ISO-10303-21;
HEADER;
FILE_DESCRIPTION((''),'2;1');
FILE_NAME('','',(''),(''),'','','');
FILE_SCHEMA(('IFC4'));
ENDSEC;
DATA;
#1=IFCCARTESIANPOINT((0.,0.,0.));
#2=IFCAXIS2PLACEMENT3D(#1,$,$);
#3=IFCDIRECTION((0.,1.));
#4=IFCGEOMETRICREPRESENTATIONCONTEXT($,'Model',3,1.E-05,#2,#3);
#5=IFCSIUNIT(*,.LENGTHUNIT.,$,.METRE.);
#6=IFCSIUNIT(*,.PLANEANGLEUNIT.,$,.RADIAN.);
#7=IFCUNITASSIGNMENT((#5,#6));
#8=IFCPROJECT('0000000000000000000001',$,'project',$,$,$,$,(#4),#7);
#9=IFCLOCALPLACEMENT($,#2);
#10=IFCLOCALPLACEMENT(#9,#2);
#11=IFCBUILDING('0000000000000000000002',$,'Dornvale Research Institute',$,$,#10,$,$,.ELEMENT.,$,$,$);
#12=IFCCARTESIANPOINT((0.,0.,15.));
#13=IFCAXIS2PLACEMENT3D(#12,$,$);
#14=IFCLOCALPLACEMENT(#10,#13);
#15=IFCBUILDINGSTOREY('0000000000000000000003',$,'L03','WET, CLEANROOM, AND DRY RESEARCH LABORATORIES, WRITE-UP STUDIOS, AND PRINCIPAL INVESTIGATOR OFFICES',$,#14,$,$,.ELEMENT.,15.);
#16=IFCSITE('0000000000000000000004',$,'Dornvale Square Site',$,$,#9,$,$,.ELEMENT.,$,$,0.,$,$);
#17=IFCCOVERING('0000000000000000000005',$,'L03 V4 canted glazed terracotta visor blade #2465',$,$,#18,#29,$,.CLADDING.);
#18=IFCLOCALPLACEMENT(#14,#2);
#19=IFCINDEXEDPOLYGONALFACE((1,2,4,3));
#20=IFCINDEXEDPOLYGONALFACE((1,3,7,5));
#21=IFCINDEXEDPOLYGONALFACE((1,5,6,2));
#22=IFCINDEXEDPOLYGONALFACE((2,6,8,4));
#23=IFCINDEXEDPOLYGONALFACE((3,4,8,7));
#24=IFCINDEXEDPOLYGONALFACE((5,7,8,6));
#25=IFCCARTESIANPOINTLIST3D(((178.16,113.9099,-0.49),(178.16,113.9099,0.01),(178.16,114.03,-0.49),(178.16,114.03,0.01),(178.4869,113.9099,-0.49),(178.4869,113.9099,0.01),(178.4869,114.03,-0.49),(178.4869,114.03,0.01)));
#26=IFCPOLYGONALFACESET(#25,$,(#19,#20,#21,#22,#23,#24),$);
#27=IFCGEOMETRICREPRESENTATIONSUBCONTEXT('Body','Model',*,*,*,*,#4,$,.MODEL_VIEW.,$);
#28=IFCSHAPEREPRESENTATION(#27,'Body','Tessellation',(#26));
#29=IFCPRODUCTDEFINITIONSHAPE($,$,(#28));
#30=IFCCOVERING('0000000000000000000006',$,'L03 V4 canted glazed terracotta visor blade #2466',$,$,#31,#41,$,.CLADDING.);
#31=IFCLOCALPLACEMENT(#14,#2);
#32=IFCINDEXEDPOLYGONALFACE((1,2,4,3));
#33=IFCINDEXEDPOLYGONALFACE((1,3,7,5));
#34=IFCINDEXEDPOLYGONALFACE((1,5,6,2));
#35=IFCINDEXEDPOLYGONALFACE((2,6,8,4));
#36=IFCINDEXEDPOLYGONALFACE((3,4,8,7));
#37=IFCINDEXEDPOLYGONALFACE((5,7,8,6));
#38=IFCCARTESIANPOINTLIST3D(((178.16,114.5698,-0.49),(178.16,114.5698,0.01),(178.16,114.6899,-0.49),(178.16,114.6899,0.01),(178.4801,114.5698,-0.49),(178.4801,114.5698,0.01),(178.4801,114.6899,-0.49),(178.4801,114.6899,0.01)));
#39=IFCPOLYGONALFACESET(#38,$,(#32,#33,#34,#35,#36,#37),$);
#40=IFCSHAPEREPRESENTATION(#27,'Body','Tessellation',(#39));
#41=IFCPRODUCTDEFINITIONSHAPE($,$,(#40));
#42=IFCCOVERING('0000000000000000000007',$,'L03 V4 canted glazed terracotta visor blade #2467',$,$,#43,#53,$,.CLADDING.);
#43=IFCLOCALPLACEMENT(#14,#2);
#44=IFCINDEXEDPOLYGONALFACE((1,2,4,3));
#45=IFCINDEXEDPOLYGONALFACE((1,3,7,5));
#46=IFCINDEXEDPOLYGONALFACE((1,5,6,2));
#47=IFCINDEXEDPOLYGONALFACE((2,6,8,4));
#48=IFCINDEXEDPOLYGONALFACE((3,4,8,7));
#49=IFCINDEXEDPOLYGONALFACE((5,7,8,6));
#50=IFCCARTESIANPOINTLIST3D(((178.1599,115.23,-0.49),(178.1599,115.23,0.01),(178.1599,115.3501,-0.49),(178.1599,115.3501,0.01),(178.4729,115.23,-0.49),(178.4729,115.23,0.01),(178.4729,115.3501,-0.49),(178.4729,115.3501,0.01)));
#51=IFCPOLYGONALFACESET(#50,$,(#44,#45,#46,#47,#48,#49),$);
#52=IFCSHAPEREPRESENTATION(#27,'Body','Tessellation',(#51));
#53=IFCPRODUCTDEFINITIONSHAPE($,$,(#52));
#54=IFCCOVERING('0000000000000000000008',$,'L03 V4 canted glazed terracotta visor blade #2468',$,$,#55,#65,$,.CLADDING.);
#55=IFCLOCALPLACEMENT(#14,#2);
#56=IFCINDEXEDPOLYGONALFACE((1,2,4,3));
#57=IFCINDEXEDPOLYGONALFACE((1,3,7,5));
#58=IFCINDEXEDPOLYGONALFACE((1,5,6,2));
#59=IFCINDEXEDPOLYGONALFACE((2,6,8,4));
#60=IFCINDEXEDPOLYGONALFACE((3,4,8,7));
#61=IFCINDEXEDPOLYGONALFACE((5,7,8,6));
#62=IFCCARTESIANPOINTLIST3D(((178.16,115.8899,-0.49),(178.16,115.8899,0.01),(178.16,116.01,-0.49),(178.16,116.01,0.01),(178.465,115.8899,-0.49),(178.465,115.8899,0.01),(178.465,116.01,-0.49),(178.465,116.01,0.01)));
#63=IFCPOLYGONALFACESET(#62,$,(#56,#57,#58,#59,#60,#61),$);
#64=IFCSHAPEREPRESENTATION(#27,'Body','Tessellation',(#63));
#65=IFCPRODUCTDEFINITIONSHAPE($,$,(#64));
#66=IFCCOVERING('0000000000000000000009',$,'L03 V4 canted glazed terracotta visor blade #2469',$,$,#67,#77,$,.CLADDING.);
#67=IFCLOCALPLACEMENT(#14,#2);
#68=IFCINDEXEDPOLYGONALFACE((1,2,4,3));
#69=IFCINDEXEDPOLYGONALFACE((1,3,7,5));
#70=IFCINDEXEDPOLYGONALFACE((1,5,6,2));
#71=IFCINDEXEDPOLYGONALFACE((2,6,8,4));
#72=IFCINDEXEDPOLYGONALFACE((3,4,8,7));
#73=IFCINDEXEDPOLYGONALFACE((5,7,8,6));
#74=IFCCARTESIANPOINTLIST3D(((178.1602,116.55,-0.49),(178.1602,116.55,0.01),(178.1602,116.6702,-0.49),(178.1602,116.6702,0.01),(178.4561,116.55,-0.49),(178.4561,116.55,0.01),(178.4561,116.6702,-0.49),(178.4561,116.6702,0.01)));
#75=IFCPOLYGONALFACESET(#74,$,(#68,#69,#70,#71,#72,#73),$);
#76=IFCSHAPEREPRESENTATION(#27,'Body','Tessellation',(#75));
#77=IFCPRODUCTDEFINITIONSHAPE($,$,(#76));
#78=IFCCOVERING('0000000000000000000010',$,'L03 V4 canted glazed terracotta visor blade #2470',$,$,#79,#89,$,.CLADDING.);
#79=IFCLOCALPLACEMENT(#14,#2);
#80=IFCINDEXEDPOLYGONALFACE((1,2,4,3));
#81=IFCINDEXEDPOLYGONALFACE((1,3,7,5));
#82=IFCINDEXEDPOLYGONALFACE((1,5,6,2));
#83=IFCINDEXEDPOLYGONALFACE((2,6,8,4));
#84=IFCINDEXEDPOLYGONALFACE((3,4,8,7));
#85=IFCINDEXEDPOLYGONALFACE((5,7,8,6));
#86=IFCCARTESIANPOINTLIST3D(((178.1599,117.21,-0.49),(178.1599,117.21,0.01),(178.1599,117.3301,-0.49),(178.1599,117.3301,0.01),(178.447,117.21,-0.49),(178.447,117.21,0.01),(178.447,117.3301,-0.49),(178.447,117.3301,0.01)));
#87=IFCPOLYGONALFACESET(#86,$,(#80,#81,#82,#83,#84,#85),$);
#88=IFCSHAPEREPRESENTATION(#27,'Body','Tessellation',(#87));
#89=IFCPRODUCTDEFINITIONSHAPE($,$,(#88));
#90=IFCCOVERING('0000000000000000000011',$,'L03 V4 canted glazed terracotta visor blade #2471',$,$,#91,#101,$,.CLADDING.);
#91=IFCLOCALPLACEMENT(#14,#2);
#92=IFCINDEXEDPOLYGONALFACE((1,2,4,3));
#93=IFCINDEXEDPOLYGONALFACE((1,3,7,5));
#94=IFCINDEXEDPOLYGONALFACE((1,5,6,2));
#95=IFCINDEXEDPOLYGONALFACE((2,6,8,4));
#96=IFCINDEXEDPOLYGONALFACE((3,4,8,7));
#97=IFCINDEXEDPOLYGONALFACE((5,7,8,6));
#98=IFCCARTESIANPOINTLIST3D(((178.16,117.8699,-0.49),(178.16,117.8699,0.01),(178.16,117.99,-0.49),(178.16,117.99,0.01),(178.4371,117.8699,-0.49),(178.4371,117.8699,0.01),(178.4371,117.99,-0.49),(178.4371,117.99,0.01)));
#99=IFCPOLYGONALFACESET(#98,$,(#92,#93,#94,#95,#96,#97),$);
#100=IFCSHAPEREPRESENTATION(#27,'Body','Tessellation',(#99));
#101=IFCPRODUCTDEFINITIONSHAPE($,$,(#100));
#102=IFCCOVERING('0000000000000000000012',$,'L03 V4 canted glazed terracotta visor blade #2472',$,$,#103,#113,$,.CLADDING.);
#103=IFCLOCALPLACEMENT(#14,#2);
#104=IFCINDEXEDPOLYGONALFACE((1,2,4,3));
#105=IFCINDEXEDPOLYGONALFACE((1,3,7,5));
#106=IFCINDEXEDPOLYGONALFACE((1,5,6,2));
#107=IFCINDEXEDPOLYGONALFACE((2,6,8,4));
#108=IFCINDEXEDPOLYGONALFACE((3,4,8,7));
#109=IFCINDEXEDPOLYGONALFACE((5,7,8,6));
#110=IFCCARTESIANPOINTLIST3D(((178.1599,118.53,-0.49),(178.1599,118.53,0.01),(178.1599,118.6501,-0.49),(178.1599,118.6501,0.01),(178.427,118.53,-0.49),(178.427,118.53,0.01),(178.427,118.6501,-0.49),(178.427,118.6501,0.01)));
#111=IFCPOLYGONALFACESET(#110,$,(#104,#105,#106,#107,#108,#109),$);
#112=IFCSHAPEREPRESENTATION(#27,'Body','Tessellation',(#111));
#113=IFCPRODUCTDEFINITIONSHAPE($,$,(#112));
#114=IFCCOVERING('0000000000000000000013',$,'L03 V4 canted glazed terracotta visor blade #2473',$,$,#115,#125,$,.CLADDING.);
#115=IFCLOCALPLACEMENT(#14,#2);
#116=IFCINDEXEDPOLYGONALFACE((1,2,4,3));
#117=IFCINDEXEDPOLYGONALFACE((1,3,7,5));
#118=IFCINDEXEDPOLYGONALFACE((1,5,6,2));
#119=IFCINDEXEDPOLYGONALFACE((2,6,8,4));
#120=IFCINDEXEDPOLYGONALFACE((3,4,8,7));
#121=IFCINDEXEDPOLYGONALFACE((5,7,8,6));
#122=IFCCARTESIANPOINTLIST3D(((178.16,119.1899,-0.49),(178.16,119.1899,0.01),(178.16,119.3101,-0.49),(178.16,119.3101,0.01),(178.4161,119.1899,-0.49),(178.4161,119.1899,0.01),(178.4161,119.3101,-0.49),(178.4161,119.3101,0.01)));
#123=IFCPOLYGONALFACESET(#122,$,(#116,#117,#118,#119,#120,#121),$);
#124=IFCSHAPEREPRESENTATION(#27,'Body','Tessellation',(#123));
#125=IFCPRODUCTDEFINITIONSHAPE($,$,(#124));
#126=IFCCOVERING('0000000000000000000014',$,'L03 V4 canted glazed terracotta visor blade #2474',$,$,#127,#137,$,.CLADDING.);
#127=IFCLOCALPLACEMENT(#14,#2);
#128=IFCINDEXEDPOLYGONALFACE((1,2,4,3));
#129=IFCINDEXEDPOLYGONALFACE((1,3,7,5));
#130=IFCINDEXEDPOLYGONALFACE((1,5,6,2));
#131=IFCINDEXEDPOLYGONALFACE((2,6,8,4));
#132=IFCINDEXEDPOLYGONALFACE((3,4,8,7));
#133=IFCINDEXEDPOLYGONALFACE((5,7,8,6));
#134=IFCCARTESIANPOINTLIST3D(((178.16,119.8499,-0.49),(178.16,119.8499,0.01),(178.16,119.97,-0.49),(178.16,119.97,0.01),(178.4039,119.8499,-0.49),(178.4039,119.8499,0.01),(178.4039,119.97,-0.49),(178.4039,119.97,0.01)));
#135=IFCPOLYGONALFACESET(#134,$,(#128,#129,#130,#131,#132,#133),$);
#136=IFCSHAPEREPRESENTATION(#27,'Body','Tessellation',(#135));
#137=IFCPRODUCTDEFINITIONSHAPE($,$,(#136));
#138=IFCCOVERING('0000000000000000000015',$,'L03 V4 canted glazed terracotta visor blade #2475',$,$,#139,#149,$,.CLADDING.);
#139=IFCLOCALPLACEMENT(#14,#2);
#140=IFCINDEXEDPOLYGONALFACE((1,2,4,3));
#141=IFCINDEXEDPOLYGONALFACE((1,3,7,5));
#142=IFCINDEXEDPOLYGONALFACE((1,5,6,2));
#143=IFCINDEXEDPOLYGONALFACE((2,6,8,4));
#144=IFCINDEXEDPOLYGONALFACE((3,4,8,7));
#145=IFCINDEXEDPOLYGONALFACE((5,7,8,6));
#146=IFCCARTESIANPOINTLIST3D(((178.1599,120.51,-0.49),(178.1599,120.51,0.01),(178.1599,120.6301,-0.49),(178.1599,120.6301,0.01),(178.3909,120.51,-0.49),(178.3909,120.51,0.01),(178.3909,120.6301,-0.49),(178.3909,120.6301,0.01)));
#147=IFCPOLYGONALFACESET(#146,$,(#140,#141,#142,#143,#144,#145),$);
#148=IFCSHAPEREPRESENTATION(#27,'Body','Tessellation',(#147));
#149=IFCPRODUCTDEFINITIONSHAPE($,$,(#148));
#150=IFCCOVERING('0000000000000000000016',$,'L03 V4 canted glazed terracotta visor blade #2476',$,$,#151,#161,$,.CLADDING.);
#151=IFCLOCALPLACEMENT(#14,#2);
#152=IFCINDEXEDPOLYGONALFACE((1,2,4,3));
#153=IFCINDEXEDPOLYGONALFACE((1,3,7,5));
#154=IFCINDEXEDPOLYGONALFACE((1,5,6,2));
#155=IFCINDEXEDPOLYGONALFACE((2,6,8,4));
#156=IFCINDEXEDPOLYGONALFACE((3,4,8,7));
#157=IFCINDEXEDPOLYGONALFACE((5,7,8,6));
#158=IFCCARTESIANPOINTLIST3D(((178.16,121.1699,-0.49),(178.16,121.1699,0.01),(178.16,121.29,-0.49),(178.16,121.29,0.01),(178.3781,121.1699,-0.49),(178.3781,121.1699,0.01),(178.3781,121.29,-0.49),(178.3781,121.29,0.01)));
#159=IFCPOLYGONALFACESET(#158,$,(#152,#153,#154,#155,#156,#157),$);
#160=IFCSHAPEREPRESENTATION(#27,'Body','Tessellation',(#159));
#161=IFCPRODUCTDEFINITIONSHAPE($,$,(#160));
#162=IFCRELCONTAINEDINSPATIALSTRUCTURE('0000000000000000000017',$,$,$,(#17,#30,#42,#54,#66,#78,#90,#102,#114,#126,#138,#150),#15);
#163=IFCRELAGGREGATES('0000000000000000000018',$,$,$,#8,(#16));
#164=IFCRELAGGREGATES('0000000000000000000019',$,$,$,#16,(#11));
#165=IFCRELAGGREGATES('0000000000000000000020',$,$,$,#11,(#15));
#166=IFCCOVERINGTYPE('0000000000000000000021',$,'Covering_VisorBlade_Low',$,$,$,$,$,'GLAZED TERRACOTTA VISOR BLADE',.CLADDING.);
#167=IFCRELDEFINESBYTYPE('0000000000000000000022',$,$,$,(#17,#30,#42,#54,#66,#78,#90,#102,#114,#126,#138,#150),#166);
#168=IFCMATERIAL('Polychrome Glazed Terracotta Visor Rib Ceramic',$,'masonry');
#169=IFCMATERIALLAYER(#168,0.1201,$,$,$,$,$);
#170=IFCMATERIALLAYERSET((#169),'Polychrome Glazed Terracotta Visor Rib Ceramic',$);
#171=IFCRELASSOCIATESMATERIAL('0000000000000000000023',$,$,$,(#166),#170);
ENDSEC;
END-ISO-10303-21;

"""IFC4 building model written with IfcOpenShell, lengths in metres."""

from ifc_helpers import new_model, si_unit, direction, frame, origin, origin_2d, place, context, subcontext, project, spatial, rectangle, extrude, material, layer, layer_set, type_object, element, save


model = new_model("IFC4")

# Units and contexts
model_context = context("Model", 3, precision=1e-05, world=origin(), true_north=direction((0.0, 1.0)))
body_context = subcontext(model_context, "Body", "Model", "MODEL_VIEW")
ifc_project = project(units=[si_unit("LENGTHUNIT", "METRE"), si_unit("PLANEANGLEUNIT", "RADIAN")], contexts=[model_context])

# Site, building, storey
site_placement = place(None, origin())
site = spatial("IfcSite", under=ifc_project, at=site_placement, Name="Dornvale Square Site", CompositionType="ELEMENT", RefElevation=0.0)
building_placement = place(site_placement, origin())
building = spatial("IfcBuilding", under=site, at=building_placement, Name="Dornvale Research Institute", CompositionType="ELEMENT")
storey_placement = place(building_placement, frame((0.0, 0.0, 15.0)))
storey = spatial("IfcBuildingStorey", under=building, at=storey_placement, Name="L03", Description="WET, CLEANROOM, AND DRY RESEARCH LABORATORIES, WRITE-UP STUDIOS, AND PRINCIPAL INVESTIGATOR OFFICES", CompositionType="ELEMENT", Elevation=15.0)

# Coverings
ifc_material_1 = material(Name="Polychrome Glazed Terracotta Visor Rib Ceramic", Category="masonry")
ifc_layer_1 = layer(ifc_material_1, 0.1201)
ifc_layer_set_1 = layer_set([ifc_layer_1], Name="Polychrome Glazed Terracotta Visor Rib Ceramic")
covering_type = type_object("IfcCoveringType", Name="Covering_VisorBlade_Low", ElementType="GLAZED TERRACOTTA VISOR BLADE", PredefinedType="CLADDING", material=ifc_layer_set_1)
covering_1_placement = place(storey_placement, frame((178.3235, 113.97, -0.49), z_axis=(0.0, 0.0, 1.0), x_axis=(1.0, 0.0, 0.0)))
element("IfcCovering", 1, at=covering_1_placement, inside=storey, type_object=covering_type, Name="L03 V4 canted glazed terracotta visor blade #2465", PredefinedType="CLADDING", context=body_context, shape_type="SweptSolid", body=[
    extrude(rectangle(XDim=0.3269, YDim=0.1201, at=origin_2d()), origin(), (0.0, 0.0, 1.0), 0.5),
])
covering_2_placement = place(storey_placement, frame((178.3201, 114.6299, -0.49), z_axis=(0.0, 0.0, 1.0), x_axis=(1.0, 0.0, 0.0)))
element("IfcCovering", 2, at=covering_2_placement, inside=storey, type_object=covering_type, Name="L03 V4 canted glazed terracotta visor blade #2466", PredefinedType="CLADDING", context=body_context, shape_type="SweptSolid", body=[
    extrude(rectangle(XDim=0.3201, YDim=0.1201, at=origin_2d()), origin(), (0.0, 0.0, 1.0), 0.5),
])
covering_3_placement = place(storey_placement, frame((178.3164, 115.29, -0.49), z_axis=(0.0, 0.0, 1.0), x_axis=(1.0, 0.0, 0.0)))
element("IfcCovering", 3, at=covering_3_placement, inside=storey, type_object=covering_type, Name="L03 V4 canted glazed terracotta visor blade #2467", PredefinedType="CLADDING", context=body_context, shape_type="SweptSolid", body=[
    extrude(rectangle(XDim=0.313, YDim=0.1201, at=origin_2d()), origin(), (0.0, 0.0, 1.0), 0.5),
])
covering_4_placement = place(storey_placement, frame((178.3125, 115.95, -0.49), z_axis=(0.0, 0.0, 1.0), x_axis=(1.0, 0.0, 0.0)))
element("IfcCovering", 4, at=covering_4_placement, inside=storey, type_object=covering_type, Name="L03 V4 canted glazed terracotta visor blade #2468", PredefinedType="CLADDING", context=body_context, shape_type="SweptSolid", body=[
    extrude(rectangle(XDim=0.3049, YDim=0.1201, at=origin_2d()), origin(), (0.0, 0.0, 1.0), 0.5),
])
covering_5_placement = place(storey_placement, frame((178.3081, 116.6101, -0.49), z_axis=(0.0, 0.0, 1.0), x_axis=(1.0, 0.0, 0.0)))
element("IfcCovering", 5, at=covering_5_placement, inside=storey, type_object=covering_type, Name="L03 V4 canted glazed terracotta visor blade #2469", PredefinedType="CLADDING", context=body_context, shape_type="SweptSolid", body=[
    extrude(rectangle(XDim=0.2959, YDim=0.1201, at=origin_2d()), origin(), (0.0, 0.0, 1.0), 0.5),
])
covering_6_placement = place(storey_placement, frame((178.3035, 117.27, -0.49), z_axis=(0.0, 0.0, 1.0), x_axis=(1.0, 0.0, 0.0)))
element("IfcCovering", 6, at=covering_6_placement, inside=storey, type_object=covering_type, Name="L03 V4 canted glazed terracotta visor blade #2470", PredefinedType="CLADDING", context=body_context, shape_type="SweptSolid", body=[
    extrude(rectangle(XDim=0.2871, YDim=0.1201, at=origin_2d()), origin(), (0.0, 0.0, 1.0), 0.5),
])
covering_7_placement = place(storey_placement, frame((178.2986, 117.9299, -0.49), z_axis=(0.0, 0.0, 1.0), x_axis=(1.0, 0.0, 0.0)))
element("IfcCovering", 7, at=covering_7_placement, inside=storey, type_object=covering_type, Name="L03 V4 canted glazed terracotta visor blade #2471", PredefinedType="CLADDING", context=body_context, shape_type="SweptSolid", body=[
    extrude(rectangle(XDim=0.2771, YDim=0.1201, at=origin_2d()), origin(), (0.0, 0.0, 1.0), 0.5),
])
covering_8_placement = place(storey_placement, frame((178.2935, 118.5901, -0.49), z_axis=(0.0, 0.0, 1.0), x_axis=(1.0, 0.0, 0.0)))
element("IfcCovering", 8, at=covering_8_placement, inside=storey, type_object=covering_type, Name="L03 V4 canted glazed terracotta visor blade #2472", PredefinedType="CLADDING", context=body_context, shape_type="SweptSolid", body=[
    extrude(rectangle(XDim=0.2671, YDim=0.1201, at=origin_2d()), origin(), (0.0, 0.0, 1.0), 0.5),
])
covering_9_placement = place(storey_placement, frame((178.2881, 119.25, -0.49), z_axis=(0.0, 0.0, 1.0), x_axis=(1.0, 0.0, 0.0)))
element("IfcCovering", 9, at=covering_9_placement, inside=storey, type_object=covering_type, Name="L03 V4 canted glazed terracotta visor blade #2473", PredefinedType="CLADDING", context=body_context, shape_type="SweptSolid", body=[
    extrude(rectangle(XDim=0.2561, YDim=0.1201, at=origin_2d()), origin(), (0.0, 0.0, 1.0), 0.5),
])
covering_10_placement = place(storey_placement, frame((178.282, 119.9099, -0.49), z_axis=(0.0, 0.0, 1.0), x_axis=(1.0, 0.0, 0.0)))
element("IfcCovering", 10, at=covering_10_placement, inside=storey, type_object=covering_type, Name="L03 V4 canted glazed terracotta visor blade #2474", PredefinedType="CLADDING", context=body_context, shape_type="SweptSolid", body=[
    extrude(rectangle(XDim=0.2439, YDim=0.1201, at=origin_2d()), origin(), (0.0, 0.0, 1.0), 0.5),
])
covering_11_placement = place(storey_placement, frame((178.2754, 120.5701, -0.49), z_axis=(0.0, 0.0, 1.0), x_axis=(1.0, 0.0, 0.0)))
element("IfcCovering", 11, at=covering_11_placement, inside=storey, type_object=covering_type, Name="L03 V4 canted glazed terracotta visor blade #2475", PredefinedType="CLADDING", context=body_context, shape_type="SweptSolid", body=[
    extrude(rectangle(XDim=0.231, YDim=0.1201, at=origin_2d()), origin(), (0.0, 0.0, 1.0), 0.5),
])
covering_12_placement = place(storey_placement, frame((178.269, 121.23, -0.49), z_axis=(0.0, 0.0, 1.0), x_axis=(1.0, 0.0, 0.0)))
element("IfcCovering", 12, at=covering_12_placement, inside=storey, type_object=covering_type, Name="L03 V4 canted glazed terracotta visor blade #2476", PredefinedType="CLADDING", context=body_context, shape_type="SweptSolid", body=[
    extrude(rectangle(XDim=0.218, YDim=0.1201, at=origin_2d()), origin(), (0.0, 0.0, 1.0), 0.5),
])

save(model, "model.ifc")
